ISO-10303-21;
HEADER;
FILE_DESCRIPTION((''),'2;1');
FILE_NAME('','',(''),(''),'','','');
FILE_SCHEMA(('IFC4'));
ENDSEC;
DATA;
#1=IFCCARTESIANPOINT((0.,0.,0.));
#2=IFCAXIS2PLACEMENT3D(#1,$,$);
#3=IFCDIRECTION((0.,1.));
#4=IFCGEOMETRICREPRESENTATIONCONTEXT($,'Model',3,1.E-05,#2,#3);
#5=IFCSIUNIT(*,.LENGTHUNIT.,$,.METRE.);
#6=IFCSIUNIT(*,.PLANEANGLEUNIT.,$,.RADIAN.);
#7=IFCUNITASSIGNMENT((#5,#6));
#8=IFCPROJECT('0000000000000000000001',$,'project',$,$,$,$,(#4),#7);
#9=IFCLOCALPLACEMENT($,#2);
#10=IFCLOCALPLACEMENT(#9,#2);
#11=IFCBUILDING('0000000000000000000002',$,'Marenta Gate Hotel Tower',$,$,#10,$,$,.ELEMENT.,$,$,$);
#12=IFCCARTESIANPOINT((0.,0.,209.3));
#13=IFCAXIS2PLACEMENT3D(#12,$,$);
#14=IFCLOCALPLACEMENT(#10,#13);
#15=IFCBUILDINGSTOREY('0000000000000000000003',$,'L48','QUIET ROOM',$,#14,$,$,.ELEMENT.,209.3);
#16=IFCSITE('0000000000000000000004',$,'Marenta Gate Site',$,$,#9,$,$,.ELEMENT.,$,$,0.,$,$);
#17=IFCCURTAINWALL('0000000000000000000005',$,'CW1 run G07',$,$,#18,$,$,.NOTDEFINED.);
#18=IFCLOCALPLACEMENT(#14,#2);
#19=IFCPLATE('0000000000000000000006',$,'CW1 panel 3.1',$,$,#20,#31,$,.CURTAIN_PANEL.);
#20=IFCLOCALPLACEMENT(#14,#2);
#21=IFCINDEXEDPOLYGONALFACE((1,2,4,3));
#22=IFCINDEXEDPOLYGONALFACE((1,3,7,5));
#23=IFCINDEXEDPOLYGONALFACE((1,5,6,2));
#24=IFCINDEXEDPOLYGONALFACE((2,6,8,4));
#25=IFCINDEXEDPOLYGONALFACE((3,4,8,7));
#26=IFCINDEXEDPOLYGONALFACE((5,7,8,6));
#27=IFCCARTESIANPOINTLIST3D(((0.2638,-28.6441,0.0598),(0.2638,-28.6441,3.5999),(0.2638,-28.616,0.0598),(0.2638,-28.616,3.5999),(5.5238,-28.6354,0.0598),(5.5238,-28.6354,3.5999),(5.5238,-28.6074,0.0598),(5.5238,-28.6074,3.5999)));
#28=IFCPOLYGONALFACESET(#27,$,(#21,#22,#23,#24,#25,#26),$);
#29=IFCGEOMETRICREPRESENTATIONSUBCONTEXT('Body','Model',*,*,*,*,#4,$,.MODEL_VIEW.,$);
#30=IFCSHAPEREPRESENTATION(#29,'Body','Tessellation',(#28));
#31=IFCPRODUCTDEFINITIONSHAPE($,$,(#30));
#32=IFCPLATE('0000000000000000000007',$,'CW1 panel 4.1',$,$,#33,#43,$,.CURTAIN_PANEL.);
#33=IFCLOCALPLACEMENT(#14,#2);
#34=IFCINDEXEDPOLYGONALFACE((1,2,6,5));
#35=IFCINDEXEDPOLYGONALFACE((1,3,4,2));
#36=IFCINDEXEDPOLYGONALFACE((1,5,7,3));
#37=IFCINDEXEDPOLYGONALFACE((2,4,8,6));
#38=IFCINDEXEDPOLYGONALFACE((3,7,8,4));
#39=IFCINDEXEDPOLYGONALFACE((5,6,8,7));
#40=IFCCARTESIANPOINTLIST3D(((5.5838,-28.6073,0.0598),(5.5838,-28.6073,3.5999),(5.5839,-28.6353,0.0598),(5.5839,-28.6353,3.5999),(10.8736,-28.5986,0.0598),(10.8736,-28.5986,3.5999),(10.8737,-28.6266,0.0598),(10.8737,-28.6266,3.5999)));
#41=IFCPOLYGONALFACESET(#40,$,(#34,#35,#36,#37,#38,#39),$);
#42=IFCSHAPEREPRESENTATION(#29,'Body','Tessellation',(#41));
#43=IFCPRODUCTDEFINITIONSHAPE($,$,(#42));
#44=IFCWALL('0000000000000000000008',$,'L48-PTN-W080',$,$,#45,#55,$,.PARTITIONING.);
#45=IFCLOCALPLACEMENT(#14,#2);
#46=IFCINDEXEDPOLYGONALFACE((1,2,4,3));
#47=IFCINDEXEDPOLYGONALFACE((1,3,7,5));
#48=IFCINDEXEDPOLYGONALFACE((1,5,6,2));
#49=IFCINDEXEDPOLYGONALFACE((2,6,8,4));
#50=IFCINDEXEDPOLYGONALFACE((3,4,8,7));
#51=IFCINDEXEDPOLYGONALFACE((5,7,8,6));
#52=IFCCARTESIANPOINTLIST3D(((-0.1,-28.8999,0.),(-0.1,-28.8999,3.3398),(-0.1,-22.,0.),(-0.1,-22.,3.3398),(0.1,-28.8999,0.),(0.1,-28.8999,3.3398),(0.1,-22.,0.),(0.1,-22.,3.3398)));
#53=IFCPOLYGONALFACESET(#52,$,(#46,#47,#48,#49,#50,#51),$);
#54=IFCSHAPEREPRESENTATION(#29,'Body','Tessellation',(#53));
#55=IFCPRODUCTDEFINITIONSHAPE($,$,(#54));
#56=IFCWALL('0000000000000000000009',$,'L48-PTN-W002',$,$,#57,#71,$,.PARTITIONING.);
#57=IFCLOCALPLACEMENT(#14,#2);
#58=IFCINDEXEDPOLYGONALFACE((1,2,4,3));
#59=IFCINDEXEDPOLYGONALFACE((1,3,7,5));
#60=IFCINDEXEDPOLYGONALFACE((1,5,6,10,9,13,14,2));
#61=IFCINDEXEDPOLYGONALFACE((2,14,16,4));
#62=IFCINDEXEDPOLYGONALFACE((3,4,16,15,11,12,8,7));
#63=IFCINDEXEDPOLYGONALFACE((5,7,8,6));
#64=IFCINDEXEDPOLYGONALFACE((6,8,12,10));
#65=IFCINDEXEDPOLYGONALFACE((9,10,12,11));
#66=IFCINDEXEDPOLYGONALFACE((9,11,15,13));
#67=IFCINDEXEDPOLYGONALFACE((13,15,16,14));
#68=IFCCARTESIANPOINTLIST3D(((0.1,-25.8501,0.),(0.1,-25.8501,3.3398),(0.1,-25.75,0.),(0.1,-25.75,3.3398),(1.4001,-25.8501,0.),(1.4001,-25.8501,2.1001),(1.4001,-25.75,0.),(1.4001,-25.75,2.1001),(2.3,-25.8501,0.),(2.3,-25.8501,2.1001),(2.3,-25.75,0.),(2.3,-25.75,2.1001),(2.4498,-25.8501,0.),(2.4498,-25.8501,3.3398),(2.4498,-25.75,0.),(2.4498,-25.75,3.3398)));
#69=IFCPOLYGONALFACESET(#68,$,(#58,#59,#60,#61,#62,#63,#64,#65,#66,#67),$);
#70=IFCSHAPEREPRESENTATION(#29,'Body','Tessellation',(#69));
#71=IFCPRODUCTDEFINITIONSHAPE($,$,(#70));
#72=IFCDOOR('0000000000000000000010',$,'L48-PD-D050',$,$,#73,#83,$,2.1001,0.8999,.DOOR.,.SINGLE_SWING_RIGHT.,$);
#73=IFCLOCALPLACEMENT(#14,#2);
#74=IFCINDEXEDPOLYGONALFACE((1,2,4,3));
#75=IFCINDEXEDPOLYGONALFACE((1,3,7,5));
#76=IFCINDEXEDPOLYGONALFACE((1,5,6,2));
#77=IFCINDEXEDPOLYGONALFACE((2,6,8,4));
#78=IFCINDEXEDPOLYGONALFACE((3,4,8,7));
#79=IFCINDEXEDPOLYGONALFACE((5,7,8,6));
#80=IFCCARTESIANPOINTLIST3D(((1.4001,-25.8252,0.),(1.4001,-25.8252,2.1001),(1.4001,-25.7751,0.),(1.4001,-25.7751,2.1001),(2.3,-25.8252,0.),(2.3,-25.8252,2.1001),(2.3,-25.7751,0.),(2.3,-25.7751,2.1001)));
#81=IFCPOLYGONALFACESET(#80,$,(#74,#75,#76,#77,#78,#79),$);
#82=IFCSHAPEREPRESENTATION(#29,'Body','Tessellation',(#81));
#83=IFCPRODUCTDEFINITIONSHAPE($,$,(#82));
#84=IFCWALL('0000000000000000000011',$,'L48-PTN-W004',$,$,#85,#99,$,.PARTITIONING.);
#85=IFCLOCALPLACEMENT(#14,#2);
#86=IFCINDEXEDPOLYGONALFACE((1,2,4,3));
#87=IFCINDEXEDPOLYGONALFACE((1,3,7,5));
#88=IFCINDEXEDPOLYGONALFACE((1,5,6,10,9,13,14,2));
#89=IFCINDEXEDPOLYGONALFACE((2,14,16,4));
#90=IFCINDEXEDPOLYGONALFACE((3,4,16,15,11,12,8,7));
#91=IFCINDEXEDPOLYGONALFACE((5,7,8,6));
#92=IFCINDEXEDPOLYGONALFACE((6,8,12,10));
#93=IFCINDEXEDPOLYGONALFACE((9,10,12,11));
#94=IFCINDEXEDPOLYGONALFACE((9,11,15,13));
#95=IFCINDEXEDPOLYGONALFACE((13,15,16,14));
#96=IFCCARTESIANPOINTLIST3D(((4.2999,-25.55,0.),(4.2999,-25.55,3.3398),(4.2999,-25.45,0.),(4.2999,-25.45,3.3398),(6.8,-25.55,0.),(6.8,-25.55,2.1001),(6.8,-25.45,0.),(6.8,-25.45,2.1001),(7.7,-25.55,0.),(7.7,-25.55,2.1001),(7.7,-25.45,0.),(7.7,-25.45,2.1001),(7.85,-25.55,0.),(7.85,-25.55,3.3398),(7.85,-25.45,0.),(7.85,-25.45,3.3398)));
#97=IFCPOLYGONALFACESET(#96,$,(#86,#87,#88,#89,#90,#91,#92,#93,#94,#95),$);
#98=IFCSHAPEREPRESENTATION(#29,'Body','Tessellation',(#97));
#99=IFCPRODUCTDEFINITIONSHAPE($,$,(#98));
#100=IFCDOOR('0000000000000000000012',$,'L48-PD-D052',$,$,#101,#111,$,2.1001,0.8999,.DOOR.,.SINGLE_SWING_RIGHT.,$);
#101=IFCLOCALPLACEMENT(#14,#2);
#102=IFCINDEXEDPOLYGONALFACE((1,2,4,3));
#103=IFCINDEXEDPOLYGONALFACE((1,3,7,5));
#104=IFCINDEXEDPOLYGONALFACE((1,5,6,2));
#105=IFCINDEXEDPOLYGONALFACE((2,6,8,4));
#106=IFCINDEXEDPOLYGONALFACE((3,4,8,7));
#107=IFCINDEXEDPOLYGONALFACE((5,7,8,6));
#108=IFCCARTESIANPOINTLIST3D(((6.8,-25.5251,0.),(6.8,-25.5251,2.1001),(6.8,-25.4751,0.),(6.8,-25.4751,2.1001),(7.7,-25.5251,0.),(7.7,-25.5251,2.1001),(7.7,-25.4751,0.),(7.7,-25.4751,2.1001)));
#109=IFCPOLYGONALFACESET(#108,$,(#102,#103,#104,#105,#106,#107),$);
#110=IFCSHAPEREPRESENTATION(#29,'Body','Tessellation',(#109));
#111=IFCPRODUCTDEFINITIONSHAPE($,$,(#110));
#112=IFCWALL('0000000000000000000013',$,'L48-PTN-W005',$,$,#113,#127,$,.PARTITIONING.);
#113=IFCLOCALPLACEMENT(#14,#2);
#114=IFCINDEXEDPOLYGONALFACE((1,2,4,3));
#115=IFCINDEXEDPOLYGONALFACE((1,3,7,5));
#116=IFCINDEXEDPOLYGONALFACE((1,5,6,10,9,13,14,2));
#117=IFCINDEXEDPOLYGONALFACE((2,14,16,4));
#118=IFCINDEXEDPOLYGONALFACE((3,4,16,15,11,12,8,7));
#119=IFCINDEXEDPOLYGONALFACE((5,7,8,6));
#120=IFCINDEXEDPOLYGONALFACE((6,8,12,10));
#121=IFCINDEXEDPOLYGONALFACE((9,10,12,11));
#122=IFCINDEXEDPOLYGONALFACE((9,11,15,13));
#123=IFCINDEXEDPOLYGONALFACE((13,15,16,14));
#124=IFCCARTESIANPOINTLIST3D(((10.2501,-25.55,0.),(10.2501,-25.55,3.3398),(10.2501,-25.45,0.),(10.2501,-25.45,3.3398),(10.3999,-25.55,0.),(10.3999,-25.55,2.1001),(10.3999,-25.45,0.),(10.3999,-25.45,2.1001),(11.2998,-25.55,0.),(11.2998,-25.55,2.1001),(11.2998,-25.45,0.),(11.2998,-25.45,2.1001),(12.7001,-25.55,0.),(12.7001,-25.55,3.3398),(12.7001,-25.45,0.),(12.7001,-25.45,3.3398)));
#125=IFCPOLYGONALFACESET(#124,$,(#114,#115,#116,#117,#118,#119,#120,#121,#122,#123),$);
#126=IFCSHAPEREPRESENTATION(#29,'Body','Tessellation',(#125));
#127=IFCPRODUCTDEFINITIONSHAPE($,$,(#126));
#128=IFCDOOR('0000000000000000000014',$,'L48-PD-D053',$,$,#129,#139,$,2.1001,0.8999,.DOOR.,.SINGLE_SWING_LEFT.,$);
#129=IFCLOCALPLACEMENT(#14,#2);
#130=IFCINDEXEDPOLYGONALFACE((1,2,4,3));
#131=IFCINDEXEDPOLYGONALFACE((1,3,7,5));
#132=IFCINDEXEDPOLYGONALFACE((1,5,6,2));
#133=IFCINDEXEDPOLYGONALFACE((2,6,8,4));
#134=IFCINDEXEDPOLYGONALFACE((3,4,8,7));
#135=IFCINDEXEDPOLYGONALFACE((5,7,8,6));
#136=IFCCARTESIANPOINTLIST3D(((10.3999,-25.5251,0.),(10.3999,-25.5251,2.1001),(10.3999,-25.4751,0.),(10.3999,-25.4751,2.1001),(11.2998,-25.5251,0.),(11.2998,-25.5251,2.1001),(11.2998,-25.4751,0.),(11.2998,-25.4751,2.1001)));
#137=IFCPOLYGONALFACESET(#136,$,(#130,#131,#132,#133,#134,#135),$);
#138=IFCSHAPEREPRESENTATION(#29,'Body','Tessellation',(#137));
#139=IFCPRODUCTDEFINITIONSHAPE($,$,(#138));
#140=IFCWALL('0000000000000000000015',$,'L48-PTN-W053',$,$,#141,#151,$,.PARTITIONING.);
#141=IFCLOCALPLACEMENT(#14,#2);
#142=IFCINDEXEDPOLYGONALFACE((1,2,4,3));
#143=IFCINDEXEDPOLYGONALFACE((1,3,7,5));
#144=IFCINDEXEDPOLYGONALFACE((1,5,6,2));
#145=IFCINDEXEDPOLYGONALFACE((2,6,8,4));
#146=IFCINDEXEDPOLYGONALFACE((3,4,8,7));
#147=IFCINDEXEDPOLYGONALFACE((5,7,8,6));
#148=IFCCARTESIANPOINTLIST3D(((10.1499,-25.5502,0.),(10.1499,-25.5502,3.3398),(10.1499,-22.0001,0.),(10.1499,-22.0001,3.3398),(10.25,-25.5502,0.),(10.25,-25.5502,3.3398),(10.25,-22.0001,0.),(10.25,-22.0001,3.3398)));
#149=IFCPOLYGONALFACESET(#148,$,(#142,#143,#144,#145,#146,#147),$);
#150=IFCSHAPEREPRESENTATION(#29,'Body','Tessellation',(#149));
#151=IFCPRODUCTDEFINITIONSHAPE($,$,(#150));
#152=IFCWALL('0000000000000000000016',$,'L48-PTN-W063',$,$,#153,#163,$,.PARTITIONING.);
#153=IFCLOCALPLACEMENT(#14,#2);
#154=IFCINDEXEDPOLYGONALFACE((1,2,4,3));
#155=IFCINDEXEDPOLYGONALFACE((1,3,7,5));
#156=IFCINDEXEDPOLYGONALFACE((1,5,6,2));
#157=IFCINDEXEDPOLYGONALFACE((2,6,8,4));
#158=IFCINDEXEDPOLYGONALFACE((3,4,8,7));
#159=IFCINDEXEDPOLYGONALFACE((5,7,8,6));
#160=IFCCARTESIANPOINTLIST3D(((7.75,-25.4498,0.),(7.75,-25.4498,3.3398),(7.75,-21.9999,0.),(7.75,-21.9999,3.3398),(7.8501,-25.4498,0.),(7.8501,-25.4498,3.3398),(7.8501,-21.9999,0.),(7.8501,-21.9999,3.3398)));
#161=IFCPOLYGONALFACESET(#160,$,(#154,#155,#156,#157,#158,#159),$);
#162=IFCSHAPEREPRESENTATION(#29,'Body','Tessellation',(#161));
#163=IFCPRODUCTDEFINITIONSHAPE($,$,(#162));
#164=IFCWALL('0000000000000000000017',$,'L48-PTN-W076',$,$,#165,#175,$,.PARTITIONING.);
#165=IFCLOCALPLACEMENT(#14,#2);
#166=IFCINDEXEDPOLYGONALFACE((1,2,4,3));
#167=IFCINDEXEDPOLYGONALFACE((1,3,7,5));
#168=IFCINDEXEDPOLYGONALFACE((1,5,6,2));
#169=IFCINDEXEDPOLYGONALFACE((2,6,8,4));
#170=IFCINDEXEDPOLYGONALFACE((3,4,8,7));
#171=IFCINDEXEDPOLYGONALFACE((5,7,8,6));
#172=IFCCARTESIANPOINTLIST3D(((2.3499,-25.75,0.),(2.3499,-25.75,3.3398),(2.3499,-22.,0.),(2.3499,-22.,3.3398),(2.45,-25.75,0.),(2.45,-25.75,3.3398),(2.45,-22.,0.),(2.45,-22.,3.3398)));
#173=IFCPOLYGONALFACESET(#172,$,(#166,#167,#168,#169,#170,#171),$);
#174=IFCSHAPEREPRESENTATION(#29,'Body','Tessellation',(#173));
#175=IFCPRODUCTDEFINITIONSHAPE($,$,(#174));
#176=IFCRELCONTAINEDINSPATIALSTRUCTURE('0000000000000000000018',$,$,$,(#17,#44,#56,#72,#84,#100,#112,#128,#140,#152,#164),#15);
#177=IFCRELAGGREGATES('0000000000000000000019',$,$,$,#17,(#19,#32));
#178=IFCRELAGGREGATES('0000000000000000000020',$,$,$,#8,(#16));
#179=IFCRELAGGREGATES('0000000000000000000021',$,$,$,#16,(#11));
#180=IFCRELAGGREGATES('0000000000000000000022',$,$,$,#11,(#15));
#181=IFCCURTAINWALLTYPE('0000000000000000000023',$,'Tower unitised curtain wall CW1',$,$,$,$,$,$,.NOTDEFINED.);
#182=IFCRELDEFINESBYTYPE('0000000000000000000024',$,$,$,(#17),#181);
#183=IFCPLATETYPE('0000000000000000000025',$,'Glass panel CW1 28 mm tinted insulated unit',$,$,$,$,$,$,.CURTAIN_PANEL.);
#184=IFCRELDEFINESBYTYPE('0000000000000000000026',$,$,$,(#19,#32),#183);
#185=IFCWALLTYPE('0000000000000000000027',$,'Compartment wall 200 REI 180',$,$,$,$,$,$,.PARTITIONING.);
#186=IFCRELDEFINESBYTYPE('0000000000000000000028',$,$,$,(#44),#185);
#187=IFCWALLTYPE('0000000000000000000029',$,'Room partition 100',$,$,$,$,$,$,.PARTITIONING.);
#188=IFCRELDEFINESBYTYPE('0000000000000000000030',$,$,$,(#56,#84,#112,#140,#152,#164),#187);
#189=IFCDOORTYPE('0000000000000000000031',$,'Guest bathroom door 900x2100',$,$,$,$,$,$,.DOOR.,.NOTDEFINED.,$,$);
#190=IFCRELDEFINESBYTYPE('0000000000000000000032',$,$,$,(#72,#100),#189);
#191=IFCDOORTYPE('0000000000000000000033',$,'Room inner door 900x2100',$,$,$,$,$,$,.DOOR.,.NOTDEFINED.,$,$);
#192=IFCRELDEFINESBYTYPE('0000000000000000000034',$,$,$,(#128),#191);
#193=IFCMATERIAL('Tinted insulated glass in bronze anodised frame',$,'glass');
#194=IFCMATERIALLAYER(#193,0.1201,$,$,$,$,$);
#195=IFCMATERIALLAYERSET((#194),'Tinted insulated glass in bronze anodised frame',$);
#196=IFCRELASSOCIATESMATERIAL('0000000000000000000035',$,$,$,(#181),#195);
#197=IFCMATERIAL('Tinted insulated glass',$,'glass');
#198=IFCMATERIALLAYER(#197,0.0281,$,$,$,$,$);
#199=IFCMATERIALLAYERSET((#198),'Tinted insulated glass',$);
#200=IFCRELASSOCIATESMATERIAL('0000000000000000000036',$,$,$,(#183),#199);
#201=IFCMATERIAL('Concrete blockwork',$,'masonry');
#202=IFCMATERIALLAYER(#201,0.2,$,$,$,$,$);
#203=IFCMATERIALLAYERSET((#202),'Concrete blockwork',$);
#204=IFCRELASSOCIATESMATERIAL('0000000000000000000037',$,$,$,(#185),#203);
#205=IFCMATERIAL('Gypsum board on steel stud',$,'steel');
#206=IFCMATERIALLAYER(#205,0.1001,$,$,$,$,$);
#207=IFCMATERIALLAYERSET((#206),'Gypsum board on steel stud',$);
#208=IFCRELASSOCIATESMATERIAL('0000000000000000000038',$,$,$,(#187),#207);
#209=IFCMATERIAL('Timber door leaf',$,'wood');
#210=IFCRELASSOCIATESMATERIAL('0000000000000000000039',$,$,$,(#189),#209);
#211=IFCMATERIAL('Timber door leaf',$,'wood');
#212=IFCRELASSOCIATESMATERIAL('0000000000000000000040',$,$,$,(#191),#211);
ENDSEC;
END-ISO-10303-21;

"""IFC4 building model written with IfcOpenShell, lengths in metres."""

from ifc_helpers import new_model, si_unit, direction, frame, frame_2d, origin, origin_2d, place, context, subcontext, project, spatial, rectangle, extrude, material, layer, layer_set, type_object, element, fill, aggregate, save


model = new_model("IFC4")

# Units and contexts
model_context = context("Model", 3, precision=1e-05, world=origin(), true_north=direction((0.0, 1.0)))
body_context = subcontext(model_context, "Body", "Model", "MODEL_VIEW")
ifc_project = project(units=[si_unit("LENGTHUNIT", "METRE"), si_unit("PLANEANGLEUNIT", "RADIAN")], contexts=[model_context])

# Site, building, storey
site_placement = place(None, origin())
site = spatial("IfcSite", under=ifc_project, at=site_placement, Name="Marenta Gate Site", CompositionType="ELEMENT", RefElevation=0.0)
building_placement = place(site_placement, origin())
building = spatial("IfcBuilding", under=site, at=building_placement, Name="Marenta Gate Hotel Tower", CompositionType="ELEMENT")
storey_placement = place(building_placement, frame((0.0, 0.0, 209.3)))
storey = spatial("IfcBuildingStorey", under=building, at=storey_placement, Name="L48", Description="QUIET ROOM", CompositionType="ELEMENT", Elevation=209.3)

# Curtain wall
ifc_material_1 = material(Name="Tinted insulated glass in bronze anodised frame", Category="glass")
ifc_layer_1 = layer(ifc_material_1, 0.1201)
ifc_layer_set_1 = layer_set([ifc_layer_1], Name="Tinted insulated glass in bronze anodised frame")
curtain_wall_type = type_object("IfcCurtainWallType", Name="Tower unitised curtain wall CW1", PredefinedType="NOTDEFINED", material=ifc_layer_set_1)
curtain_wall_1_placement = place(storey_placement, origin())
curtain_wall_1 = element("IfcCurtainWall", 1, at=curtain_wall_1_placement, inside=storey, type_object=curtain_wall_type, Name="CW1 run G07", PredefinedType="NOTDEFINED")

# Plates
ifc_material_2 = material(Name="Tinted insulated glass", Category="glass")
ifc_layer_2 = layer(ifc_material_2, 0.0281)
ifc_layer_set_2 = layer_set([ifc_layer_2], Name="Tinted insulated glass")
plate_type = type_object("IfcPlateType", Name="Glass panel CW1 28 mm tinted insulated unit", PredefinedType="CURTAIN_PANEL", material=ifc_layer_set_2)
plate_1_placement = place(storey_placement, frame((2.8938, -28.6257, 0.0598), z_axis=(0.0, 0.0, 1.0), x_axis=(0.999999, 0.001645, 0.0)))
plate_1 = element("IfcPlate", 2, at=plate_1_placement, type_object=plate_type, Name="CW1 panel 3.1", PredefinedType="CURTAIN_PANEL", context=body_context, shape_type="SweptSolid", body=[
    extrude(rectangle(XDim=5.26, YDim=0.0281, at=origin_2d()), origin(), (0.0, 0.0, 1.0), 3.54),
])
plate_2_placement = place(storey_placement, frame((8.2288, -28.6169, 0.0598), z_axis=(0.0, 0.0, 1.0), x_axis=(0.999999, 0.001645, 0.0)))
plate_2 = element("IfcPlate", 3, at=plate_2_placement, type_object=plate_type, Name="CW1 panel 4.1", PredefinedType="CURTAIN_PANEL", context=body_context, shape_type="SweptSolid", body=[
    extrude(rectangle(XDim=5.2898, YDim=0.0281, at=origin_2d()), origin(), (0.0, 0.0, 1.0), 3.54),
])
aggregate(curtain_wall_1, [plate_1, plate_2])

# Wall
ifc_material_3 = material(Name="Concrete blockwork", Category="masonry")
ifc_layer_3 = layer(ifc_material_3, 0.2)
ifc_layer_set_3 = layer_set([ifc_layer_3], Name="Concrete blockwork")
wall_type_1 = type_object("IfcWallType", Name="Compartment wall 200 REI 180", PredefinedType="PARTITIONING", material=ifc_layer_set_3)
wall_1_placement = place(storey_placement, frame((0.0, -28.8999, 0.0), z_axis=(0.0, 0.0, 1.0), x_axis=(0.0, 1.0, 0.0)))
element("IfcWall", 4, at=wall_1_placement, inside=storey, type_object=wall_type_1, Name="L48-PTN-W080", PredefinedType="PARTITIONING", context=body_context, shape_type="SweptSolid", body=[
    extrude(rectangle(XDim=6.8999, YDim=0.2, at=frame_2d((3.45, 0.0))), origin(), (0.0, 0.0, 1.0), 3.3398),
])

# Walls, openings, doors
ifc_material_4 = material(Name="Gypsum board on steel stud", Category="steel")
ifc_layer_4 = layer(ifc_material_4, 0.1001)
ifc_layer_set_4 = layer_set([ifc_layer_4], Name="Gypsum board on steel stud")
wall_type_2 = type_object("IfcWallType", Name="Room partition 100", PredefinedType="PARTITIONING", material=ifc_layer_set_4)
wall_2_placement = place(storey_placement, frame((0.1001, -25.8, 0.0), z_axis=(0.0, 0.0, 1.0), x_axis=(1.0, 0.0, 0.0)))
wall_2 = element("IfcWall", 5, at=wall_2_placement, inside=storey, type_object=wall_type_2, Name="L48-PTN-W002", PredefinedType="PARTITIONING", context=body_context, shape_type="SweptSolid", body=[
    extrude(rectangle(XDim=2.3499, YDim=0.1001, at=frame_2d((1.1748, 0.0))), origin(), (0.0, 0.0, 1.0), 3.3398),
])
opening_1_placement = place(wall_2_placement, frame((1.3, 0.0, 0.0)))
opening_1 = element("IfcOpeningElement", 6, at=opening_1_placement, cuts=wall_2, PredefinedType="OPENING", context=body_context, shape_type="SweptSolid", body=[
    extrude(rectangle(XDim=0.8999, YDim=2.1001, at=frame_2d((0.45, 1.05))), frame((0.0, 0.05, 0.0), z_axis=(0.0, -1.0, 0.0), x_axis=(1.0, 0.0, 0.0)), (0.0, 0.0, 1.0), 0.1001),
])
ifc_material_5 = material(Name="Timber door leaf", Category="wood")
door_type_1 = type_object("IfcDoorType", Name="Guest bathroom door 900x2100", OperationType="NOTDEFINED", PredefinedType="DOOR", material=ifc_material_5)
door_1_placement = place(opening_1_placement, origin())
door_1 = element("IfcDoor", 7, at=door_1_placement, inside=storey, type_object=door_type_1, Name="L48-PD-D050", OperationType="SINGLE_SWING_RIGHT", OverallHeight=2.1001, OverallWidth=0.8999, PredefinedType="DOOR", context=body_context, shape_type="SweptSolid", body=[
    extrude(rectangle(XDim=0.8999, YDim=2.1001, at=frame_2d((0.45, 1.05))), frame((0.0, 0.0249, 0.0), z_axis=(0.0, -1.0, 0.0), x_axis=(1.0, 0.0, 0.0)), (0.0, 0.0, 1.0), 0.05),
])
fill(opening_1, door_1)
wall_3_placement = place(storey_placement, frame((4.3, -25.5, 0.0), z_axis=(0.0, 0.0, 1.0), x_axis=(1.0, 0.0, 0.0)))
wall_3 = element("IfcWall", 8, at=wall_3_placement, inside=storey, type_object=wall_type_2, Name="L48-PTN-W004", PredefinedType="PARTITIONING", context=body_context, shape_type="SweptSolid", body=[
    extrude(rectangle(XDim=3.55, YDim=0.1001, at=frame_2d((1.7749, 0.0))), origin(), (0.0, 0.0, 1.0), 3.3398),
])
opening_2_placement = place(wall_3_placement, frame((2.5, 0.0, 0.0)))
opening_2 = element("IfcOpeningElement", 9, at=opening_2_placement, cuts=wall_3, PredefinedType="OPENING", context=body_context, shape_type="SweptSolid", body=[
    extrude(rectangle(XDim=0.8999, YDim=2.1001, at=frame_2d((0.45, 1.05))), frame((0.0, 0.05, 0.0), z_axis=(0.0, -1.0, 0.0), x_axis=(1.0, 0.0, 0.0)), (0.0, 0.0, 1.0), 0.1001),
])
door_2_placement = place(opening_2_placement, origin())
door_2 = element("IfcDoor", 10, at=door_2_placement, inside=storey, type_object=door_type_1, Name="L48-PD-D052", OperationType="SINGLE_SWING_RIGHT", OverallHeight=2.1001, OverallWidth=0.8999, PredefinedType="DOOR", context=body_context, shape_type="SweptSolid", body=[
    extrude(rectangle(XDim=0.8999, YDim=2.1001, at=frame_2d((0.45, 1.05))), frame((0.0, 0.0249, 0.0), z_axis=(0.0, -1.0, 0.0), x_axis=(1.0, 0.0, 0.0)), (0.0, 0.0, 1.0), 0.05),
])
fill(opening_2, door_2)
wall_4_placement = place(storey_placement, frame((10.25, -25.5, 0.0), z_axis=(0.0, 0.0, 1.0), x_axis=(1.0, 0.0, 0.0)))
wall_4 = element("IfcWall", 11, at=wall_4_placement, inside=storey, type_object=wall_type_2, Name="L48-PTN-W005", PredefinedType="PARTITIONING", context=body_context, shape_type="SweptSolid", body=[
    extrude(rectangle(XDim=2.45, YDim=0.1001, at=frame_2d((1.2251, 0.0))), origin(), (0.0, 0.0, 1.0), 3.3398),
])
opening_3_placement = place(wall_4_placement, frame((0.1499, 0.0, 0.0)))
opening_3 = element("IfcOpeningElement", 12, at=opening_3_placement, cuts=wall_4, PredefinedType="OPENING", context=body_context, shape_type="SweptSolid", body=[
    extrude(rectangle(XDim=0.8999, YDim=2.1001, at=frame_2d((0.45, 1.05))), frame((0.0, 0.05, 0.0), z_axis=(0.0, -1.0, 0.0), x_axis=(1.0, 0.0, 0.0)), (0.0, 0.0, 1.0), 0.1001),
])
ifc_material_6 = material(Name="Timber door leaf", Category="wood")
door_type_2 = type_object("IfcDoorType", Name="Room inner door 900x2100", OperationType="NOTDEFINED", PredefinedType="DOOR", material=ifc_material_6)
door_3_placement = place(opening_3_placement, origin())
door_3 = element("IfcDoor", 13, at=door_3_placement, inside=storey, type_object=door_type_2, Name="L48-PD-D053", OperationType="SINGLE_SWING_LEFT", OverallHeight=2.1001, OverallWidth=0.8999, PredefinedType="DOOR", context=body_context, shape_type="SweptSolid", body=[
    extrude(rectangle(XDim=0.8999, YDim=2.1001, at=frame_2d((0.45, 1.05))), frame((0.0, 0.0249, 0.0), z_axis=(0.0, -1.0, 0.0), x_axis=(1.0, 0.0, 0.0)), (0.0, 0.0, 1.0), 0.05),
])
fill(opening_3, door_3)

# Walls
wall_5_placement = place(storey_placement, frame((10.2, -25.55, 0.0), z_axis=(0.0, 0.0, 1.0), x_axis=(0.0, 1.0, 0.0)))
element("IfcWall", 14, at=wall_5_placement, inside=storey, type_object=wall_type_2, Name="L48-PTN-W053", PredefinedType="PARTITIONING", context=body_context, shape_type="SweptSolid", body=[
    extrude(rectangle(XDim=3.55, YDim=0.1001, at=frame_2d((1.7749, 0.0))), origin(), (0.0, 0.0, 1.0), 3.3398),
])
wall_6_placement = place(storey_placement, frame((7.8, -25.45, 0.0), z_axis=(0.0, 0.0, 1.0), x_axis=(0.0, 1.0, 0.0)))
element("IfcWall", 15, at=wall_6_placement, inside=storey, type_object=wall_type_2, Name="L48-PTN-W063", PredefinedType="PARTITIONING", context=body_context, shape_type="SweptSolid", body=[
    extrude(rectangle(XDim=3.45, YDim=0.1001, at=frame_2d((1.7251, 0.0))), origin(), (0.0, 0.0, 1.0), 3.3398),
])
wall_7_placement = place(storey_placement, frame((2.3999, -25.75, 0.0), z_axis=(0.0, 0.0, 1.0), x_axis=(0.0, 1.0, 0.0)))
element("IfcWall", 16, at=wall_7_placement, inside=storey, type_object=wall_type_2, Name="L48-PTN-W076", PredefinedType="PARTITIONING", context=body_context, shape_type="SweptSolid", body=[
    extrude(rectangle(XDim=3.75, YDim=0.1001, at=frame_2d((1.875, 0.0))), origin(), (0.0, 0.0, 1.0), 3.3398),
])

save(model, "model.ifc")
